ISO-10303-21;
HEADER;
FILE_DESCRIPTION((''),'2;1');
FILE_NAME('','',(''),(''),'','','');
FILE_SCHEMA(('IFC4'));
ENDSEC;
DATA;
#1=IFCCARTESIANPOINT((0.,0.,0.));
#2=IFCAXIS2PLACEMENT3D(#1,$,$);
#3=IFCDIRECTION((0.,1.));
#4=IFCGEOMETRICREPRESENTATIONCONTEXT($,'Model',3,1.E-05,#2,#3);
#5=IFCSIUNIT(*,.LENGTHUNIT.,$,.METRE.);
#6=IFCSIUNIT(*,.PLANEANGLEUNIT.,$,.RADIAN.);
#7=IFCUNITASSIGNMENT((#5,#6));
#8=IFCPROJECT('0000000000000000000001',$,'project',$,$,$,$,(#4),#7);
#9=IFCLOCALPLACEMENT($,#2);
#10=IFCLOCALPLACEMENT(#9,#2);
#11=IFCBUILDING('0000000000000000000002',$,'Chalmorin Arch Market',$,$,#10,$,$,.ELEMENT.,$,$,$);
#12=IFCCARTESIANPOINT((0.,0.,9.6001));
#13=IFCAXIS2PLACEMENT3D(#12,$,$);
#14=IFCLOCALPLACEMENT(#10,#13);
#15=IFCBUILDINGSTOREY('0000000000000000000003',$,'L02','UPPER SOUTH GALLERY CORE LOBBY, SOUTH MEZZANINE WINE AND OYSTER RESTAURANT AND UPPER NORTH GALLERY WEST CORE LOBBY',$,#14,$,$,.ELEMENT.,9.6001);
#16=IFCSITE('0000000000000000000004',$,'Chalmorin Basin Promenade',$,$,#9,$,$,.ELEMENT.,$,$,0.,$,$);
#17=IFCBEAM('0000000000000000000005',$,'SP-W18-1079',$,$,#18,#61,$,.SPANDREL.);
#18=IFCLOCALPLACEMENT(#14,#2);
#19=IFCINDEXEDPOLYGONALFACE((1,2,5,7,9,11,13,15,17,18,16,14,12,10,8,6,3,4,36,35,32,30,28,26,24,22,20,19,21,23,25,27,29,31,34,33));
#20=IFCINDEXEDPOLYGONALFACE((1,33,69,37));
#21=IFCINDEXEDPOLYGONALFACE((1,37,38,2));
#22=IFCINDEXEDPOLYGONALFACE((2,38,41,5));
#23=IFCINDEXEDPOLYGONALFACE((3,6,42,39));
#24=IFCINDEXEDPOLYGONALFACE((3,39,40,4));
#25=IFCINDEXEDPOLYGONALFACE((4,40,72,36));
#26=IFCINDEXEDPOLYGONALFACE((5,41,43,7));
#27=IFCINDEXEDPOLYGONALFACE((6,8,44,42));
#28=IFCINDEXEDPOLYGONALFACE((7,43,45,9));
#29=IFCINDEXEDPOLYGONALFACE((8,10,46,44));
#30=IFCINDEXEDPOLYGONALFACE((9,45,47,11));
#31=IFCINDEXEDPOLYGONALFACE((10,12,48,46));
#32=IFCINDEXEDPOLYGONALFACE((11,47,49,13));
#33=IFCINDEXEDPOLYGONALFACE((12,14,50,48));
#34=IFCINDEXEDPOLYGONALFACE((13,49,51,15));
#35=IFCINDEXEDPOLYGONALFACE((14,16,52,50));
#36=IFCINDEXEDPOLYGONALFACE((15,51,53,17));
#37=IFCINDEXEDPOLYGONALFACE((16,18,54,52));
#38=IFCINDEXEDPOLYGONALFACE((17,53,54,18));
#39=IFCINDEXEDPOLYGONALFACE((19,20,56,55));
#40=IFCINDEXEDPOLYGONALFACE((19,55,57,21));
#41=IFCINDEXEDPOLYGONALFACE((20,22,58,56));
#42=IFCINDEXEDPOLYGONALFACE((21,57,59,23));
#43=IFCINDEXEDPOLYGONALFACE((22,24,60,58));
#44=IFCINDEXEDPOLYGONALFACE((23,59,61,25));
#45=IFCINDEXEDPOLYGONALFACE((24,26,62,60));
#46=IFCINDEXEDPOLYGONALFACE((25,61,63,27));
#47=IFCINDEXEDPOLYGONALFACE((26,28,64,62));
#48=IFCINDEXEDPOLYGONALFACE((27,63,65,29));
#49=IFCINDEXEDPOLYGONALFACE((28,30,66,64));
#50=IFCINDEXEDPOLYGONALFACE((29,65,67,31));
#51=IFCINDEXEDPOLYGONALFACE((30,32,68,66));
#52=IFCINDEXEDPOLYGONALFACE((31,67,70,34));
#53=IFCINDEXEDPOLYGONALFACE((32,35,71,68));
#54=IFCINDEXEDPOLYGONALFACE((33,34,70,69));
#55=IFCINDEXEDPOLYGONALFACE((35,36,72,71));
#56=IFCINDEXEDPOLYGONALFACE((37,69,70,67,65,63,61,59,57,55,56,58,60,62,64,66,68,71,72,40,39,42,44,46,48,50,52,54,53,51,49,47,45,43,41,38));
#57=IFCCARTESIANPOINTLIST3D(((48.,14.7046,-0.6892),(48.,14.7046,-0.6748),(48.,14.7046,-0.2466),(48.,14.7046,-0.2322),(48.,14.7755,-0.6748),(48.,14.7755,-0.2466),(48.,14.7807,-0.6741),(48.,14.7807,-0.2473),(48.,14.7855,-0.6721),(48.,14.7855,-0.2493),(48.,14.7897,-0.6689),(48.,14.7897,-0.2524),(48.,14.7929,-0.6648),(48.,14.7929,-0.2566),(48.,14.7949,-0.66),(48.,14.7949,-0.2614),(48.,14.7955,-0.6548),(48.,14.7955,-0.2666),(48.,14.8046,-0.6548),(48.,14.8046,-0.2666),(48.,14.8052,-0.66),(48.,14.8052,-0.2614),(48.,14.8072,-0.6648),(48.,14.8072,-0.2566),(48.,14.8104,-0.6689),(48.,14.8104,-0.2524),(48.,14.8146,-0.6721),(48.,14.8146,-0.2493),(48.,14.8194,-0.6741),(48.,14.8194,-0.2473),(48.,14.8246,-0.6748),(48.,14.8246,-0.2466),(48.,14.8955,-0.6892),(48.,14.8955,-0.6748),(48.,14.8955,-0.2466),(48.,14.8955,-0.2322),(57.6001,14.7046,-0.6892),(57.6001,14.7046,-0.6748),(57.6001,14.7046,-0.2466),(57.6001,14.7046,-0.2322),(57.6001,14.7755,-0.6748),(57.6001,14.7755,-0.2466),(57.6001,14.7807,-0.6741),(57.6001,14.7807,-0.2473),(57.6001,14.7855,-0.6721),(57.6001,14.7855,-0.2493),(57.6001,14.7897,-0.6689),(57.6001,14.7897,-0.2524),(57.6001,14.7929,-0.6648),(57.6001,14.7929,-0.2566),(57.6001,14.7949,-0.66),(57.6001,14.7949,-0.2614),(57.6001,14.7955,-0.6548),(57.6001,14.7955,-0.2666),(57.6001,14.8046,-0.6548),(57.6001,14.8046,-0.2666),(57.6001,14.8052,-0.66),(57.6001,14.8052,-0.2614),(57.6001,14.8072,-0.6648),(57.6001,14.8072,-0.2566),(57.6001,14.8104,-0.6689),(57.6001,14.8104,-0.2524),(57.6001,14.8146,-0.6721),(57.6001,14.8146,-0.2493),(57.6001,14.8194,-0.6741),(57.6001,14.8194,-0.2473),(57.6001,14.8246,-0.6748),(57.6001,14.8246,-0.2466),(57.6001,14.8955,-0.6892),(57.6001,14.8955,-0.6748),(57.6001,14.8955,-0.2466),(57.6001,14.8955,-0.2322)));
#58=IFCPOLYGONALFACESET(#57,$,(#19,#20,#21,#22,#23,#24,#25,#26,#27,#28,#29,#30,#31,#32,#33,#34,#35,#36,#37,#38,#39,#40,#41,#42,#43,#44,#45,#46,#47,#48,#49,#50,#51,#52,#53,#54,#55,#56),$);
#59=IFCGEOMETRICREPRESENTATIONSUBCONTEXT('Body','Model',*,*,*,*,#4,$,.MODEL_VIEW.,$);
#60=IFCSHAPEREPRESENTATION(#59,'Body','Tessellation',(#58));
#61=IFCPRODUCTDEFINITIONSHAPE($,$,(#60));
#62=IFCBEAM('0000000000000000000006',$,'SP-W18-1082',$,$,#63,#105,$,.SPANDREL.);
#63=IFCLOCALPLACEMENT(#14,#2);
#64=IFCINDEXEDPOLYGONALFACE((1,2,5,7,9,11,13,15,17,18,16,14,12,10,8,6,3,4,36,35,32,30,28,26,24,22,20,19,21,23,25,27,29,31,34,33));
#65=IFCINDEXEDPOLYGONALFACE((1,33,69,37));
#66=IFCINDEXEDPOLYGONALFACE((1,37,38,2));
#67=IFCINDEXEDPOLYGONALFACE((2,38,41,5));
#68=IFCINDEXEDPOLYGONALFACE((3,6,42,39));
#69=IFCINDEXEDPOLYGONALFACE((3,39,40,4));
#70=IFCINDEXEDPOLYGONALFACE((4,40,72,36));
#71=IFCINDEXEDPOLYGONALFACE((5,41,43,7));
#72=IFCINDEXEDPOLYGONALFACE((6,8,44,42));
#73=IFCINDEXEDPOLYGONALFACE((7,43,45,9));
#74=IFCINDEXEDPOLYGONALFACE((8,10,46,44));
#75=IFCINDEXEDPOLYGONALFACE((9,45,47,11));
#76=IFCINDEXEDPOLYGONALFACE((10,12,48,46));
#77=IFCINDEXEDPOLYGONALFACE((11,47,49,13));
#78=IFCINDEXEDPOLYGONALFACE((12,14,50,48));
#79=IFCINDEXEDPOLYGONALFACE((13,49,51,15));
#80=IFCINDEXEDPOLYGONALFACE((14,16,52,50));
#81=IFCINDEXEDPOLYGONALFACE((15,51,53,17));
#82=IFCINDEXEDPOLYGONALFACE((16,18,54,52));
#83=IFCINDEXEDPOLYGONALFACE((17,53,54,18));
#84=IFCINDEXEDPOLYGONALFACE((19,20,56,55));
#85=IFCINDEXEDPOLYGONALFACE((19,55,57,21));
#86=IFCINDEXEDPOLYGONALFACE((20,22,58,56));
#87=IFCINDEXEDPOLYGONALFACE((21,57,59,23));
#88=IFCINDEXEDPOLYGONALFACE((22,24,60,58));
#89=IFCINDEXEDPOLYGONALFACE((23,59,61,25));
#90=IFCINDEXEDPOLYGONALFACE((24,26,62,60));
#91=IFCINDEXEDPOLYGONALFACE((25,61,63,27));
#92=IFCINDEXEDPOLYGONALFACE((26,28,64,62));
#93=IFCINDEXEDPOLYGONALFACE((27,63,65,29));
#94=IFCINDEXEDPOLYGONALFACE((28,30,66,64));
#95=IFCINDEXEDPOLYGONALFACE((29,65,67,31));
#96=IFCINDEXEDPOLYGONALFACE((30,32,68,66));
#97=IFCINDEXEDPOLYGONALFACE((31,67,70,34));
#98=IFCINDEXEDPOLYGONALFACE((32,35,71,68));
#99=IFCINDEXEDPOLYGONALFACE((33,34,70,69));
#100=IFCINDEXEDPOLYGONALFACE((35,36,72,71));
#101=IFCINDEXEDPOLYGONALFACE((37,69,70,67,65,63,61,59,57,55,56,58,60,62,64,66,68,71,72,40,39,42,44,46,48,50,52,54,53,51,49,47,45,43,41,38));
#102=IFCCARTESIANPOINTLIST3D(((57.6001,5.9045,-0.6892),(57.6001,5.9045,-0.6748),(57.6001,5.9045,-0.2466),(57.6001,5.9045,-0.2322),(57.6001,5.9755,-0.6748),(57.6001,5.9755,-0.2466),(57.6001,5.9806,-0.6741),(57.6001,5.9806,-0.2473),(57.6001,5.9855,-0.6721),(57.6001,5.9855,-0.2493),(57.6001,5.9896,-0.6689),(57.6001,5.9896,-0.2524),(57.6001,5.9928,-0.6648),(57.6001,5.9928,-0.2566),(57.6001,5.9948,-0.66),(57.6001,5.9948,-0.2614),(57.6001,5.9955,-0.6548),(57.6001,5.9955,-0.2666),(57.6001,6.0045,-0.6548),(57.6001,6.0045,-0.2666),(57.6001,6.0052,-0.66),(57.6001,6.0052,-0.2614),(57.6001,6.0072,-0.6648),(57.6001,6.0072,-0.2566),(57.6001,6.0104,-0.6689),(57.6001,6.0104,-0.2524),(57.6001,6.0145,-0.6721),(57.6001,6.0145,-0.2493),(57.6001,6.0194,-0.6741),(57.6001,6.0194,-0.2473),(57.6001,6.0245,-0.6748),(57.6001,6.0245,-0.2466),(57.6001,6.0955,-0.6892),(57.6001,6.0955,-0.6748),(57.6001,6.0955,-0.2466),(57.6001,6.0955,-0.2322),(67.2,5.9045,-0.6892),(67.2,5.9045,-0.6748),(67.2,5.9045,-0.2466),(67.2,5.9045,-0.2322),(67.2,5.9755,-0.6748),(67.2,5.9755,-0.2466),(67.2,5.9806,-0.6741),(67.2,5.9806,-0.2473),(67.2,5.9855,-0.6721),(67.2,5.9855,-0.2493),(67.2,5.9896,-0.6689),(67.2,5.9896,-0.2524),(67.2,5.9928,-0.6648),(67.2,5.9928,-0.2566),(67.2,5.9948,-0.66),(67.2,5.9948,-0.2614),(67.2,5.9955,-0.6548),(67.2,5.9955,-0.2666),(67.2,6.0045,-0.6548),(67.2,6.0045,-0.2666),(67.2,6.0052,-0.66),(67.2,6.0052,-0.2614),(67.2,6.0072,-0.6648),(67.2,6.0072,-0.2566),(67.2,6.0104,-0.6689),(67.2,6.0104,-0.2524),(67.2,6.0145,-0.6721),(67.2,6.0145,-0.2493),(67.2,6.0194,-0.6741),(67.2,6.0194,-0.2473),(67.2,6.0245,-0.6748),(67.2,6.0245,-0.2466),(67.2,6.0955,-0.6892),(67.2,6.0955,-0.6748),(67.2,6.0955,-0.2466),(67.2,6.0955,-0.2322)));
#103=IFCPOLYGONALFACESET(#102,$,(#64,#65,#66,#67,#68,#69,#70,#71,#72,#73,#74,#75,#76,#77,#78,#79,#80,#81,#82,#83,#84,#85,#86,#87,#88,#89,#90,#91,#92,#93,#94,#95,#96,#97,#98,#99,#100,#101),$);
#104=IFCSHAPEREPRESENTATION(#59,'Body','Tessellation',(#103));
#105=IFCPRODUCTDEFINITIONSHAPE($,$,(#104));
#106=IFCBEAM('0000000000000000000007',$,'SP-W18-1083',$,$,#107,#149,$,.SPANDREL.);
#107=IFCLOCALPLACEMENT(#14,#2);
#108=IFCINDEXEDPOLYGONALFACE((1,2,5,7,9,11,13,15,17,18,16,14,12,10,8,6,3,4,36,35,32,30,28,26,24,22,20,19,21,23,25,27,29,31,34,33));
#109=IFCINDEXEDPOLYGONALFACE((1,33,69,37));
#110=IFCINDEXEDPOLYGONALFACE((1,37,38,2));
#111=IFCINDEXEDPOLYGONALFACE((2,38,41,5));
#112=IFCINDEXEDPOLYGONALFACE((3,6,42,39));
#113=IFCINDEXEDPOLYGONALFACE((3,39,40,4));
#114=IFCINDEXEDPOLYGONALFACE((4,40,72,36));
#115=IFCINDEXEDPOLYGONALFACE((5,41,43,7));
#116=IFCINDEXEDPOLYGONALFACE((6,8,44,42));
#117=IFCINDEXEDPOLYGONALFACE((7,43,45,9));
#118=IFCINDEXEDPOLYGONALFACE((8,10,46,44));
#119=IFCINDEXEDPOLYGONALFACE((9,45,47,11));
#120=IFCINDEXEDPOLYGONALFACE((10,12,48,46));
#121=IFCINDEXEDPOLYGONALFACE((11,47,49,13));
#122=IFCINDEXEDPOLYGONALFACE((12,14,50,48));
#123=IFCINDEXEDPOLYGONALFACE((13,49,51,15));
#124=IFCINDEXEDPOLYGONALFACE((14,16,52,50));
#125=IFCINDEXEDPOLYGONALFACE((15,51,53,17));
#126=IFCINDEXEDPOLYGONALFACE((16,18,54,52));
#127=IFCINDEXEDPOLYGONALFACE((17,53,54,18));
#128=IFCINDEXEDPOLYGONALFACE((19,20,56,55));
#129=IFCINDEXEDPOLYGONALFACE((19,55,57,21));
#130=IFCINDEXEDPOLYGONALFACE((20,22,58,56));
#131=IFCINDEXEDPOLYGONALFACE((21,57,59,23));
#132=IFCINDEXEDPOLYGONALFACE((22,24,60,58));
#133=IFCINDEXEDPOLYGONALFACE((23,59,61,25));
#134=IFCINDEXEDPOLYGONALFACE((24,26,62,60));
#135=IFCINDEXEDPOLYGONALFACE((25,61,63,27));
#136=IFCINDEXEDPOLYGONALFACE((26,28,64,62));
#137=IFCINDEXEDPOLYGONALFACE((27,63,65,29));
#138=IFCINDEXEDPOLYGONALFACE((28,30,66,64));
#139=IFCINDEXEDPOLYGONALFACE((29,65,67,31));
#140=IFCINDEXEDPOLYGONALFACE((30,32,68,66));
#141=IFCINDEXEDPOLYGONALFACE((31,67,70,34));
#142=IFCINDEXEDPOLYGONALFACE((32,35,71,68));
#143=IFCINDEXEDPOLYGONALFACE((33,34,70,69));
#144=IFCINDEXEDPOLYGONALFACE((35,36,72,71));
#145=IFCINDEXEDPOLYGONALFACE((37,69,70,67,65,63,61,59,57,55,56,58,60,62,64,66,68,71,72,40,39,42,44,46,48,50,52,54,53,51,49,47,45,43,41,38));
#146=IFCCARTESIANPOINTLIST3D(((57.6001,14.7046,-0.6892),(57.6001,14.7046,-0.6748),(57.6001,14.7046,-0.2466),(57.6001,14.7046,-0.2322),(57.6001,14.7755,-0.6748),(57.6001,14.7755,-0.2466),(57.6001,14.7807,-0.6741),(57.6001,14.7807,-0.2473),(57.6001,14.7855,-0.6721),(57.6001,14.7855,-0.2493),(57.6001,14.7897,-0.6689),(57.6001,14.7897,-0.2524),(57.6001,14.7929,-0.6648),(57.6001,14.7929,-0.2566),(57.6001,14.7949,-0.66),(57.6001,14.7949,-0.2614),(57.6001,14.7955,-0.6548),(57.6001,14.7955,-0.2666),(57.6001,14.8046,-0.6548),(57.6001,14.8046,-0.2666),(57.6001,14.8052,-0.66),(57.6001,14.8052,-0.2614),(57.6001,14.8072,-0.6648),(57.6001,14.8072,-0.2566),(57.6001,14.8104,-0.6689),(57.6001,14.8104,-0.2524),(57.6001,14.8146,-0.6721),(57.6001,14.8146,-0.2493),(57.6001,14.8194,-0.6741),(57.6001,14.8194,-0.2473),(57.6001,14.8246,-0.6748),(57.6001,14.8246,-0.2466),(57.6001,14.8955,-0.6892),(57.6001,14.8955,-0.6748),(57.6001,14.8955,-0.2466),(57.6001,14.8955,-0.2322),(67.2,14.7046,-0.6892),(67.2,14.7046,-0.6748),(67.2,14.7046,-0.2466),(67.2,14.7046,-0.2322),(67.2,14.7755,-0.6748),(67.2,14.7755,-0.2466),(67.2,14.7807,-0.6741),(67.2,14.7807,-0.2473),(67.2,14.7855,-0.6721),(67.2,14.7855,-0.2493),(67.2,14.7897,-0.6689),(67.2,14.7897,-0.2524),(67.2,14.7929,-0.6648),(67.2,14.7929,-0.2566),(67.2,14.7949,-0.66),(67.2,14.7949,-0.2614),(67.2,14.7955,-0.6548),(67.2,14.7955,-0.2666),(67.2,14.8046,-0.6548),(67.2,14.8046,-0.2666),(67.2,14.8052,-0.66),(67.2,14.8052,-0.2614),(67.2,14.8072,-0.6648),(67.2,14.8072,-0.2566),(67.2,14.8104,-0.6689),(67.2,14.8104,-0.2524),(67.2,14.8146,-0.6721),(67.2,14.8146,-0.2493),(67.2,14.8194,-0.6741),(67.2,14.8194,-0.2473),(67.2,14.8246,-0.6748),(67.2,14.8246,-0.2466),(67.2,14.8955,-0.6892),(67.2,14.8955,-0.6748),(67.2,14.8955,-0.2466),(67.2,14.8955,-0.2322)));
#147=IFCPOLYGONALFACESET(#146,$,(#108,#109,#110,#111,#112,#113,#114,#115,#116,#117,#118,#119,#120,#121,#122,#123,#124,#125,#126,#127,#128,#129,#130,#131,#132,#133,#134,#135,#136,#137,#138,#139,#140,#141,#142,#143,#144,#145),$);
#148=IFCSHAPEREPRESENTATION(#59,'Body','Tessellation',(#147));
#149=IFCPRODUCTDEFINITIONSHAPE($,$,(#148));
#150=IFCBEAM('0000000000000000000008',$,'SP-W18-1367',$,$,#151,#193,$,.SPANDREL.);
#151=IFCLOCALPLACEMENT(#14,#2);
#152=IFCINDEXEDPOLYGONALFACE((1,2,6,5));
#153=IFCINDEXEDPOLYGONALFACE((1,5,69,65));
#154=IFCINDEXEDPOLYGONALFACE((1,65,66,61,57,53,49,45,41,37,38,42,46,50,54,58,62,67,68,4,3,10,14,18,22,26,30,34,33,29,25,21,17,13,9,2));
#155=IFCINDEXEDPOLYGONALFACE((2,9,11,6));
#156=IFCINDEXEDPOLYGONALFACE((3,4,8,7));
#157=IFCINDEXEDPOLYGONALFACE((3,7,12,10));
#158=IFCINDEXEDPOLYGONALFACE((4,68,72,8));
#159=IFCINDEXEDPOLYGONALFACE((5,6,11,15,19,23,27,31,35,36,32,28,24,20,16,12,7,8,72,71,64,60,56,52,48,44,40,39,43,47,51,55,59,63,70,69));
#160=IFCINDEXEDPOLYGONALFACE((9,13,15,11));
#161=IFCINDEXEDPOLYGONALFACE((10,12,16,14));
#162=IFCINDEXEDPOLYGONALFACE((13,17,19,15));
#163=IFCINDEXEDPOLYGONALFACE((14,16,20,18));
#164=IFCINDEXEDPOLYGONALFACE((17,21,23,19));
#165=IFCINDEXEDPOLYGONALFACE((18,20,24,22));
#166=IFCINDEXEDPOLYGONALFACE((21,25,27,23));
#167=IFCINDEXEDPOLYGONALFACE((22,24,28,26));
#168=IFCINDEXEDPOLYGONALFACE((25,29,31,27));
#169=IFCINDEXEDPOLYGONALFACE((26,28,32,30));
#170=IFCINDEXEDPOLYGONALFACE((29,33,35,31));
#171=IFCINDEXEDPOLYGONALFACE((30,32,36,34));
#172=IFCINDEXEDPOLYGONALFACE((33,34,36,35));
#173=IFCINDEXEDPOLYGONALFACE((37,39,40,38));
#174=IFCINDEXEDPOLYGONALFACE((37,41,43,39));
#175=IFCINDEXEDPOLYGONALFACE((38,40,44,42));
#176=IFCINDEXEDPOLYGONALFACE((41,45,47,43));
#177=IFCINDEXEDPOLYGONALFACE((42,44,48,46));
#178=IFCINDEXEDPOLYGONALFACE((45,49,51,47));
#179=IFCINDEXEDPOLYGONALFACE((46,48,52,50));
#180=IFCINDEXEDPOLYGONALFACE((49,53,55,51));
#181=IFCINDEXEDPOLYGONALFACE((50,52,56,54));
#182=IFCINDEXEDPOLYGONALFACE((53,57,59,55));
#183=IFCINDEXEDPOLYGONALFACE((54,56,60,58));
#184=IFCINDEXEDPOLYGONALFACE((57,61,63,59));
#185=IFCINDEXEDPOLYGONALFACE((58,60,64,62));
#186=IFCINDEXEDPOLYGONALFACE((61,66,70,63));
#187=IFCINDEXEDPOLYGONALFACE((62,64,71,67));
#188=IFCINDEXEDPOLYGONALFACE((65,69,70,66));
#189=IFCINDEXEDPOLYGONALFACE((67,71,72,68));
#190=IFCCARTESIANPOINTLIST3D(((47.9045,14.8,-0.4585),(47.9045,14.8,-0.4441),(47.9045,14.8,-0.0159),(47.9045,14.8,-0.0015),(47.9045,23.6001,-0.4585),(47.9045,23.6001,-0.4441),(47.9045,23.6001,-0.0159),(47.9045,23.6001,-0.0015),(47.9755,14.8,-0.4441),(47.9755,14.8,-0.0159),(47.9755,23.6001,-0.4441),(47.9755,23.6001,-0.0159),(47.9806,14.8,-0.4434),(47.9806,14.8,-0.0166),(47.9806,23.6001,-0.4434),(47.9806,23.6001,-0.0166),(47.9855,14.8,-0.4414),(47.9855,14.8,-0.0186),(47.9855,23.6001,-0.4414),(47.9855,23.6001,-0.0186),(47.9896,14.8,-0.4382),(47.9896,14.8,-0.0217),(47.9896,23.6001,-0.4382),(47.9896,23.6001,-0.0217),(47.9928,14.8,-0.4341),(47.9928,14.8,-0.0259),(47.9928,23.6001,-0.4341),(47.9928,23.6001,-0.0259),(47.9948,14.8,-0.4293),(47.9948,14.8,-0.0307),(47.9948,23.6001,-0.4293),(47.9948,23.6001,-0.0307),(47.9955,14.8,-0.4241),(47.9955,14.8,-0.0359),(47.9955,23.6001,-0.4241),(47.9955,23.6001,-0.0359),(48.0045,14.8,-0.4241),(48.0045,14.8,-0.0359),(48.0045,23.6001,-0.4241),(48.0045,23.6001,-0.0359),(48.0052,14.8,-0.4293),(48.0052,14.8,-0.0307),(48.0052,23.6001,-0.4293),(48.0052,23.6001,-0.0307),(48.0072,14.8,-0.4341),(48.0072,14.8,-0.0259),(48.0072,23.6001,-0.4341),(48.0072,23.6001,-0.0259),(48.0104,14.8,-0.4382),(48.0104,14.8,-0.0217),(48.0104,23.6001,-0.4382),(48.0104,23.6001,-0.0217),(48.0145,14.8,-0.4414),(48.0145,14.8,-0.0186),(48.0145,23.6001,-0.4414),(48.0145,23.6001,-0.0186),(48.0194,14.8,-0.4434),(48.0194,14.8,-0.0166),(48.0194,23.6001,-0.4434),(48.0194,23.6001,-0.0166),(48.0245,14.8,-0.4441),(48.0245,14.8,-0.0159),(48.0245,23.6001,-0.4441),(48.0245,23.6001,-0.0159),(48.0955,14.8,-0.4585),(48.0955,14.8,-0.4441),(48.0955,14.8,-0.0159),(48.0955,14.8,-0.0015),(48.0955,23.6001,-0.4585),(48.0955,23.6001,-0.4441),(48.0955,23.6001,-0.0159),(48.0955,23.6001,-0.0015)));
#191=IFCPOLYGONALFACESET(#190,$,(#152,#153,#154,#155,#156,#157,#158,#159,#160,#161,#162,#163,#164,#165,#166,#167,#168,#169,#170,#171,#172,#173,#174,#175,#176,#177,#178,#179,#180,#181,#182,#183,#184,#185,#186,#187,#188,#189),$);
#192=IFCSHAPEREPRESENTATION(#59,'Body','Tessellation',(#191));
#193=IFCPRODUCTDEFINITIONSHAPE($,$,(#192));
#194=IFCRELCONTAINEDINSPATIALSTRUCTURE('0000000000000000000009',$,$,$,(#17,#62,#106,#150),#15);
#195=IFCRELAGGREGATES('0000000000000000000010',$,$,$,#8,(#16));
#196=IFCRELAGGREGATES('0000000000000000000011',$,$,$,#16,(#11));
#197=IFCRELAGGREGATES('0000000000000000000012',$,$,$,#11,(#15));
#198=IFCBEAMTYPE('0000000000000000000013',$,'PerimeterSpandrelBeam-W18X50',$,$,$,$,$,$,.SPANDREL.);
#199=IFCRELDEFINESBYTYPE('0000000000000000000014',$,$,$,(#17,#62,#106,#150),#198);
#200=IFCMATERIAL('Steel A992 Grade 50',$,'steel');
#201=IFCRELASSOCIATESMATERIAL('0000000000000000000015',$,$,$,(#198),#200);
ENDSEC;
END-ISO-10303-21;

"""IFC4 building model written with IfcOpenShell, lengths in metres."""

from ifc_helpers import new_model, si_unit, direction, frame, origin, origin_2d, place, context, subcontext, project, spatial, i_section, extrude, material, material_profile, profile_set, type_object, element, save


model = new_model("IFC4")

# Units and contexts
model_context = context("Model", 3, precision=1e-05, world=origin(), true_north=direction((0.0, 1.0)))
body_context = subcontext(model_context, "Body", "Model", "MODEL_VIEW")
ifc_project = project(units=[si_unit("LENGTHUNIT", "METRE"), si_unit("PLANEANGLEUNIT", "RADIAN")], contexts=[model_context])

# Site, building, storey
site_placement = place(None, origin())
site = spatial("IfcSite", under=ifc_project, at=site_placement, Name="Chalmorin Basin Promenade", CompositionType="ELEMENT", RefElevation=0.0)
building_placement = place(site_placement, origin())
building = spatial("IfcBuilding", under=site, at=building_placement, Name="Chalmorin Arch Market", CompositionType="ELEMENT")
storey_placement = place(building_placement, frame((0.0, 0.0, 9.6001)))
storey = spatial("IfcBuildingStorey", under=building, at=storey_placement, Name="L02", Description="UPPER SOUTH GALLERY CORE LOBBY, SOUTH MEZZANINE WINE AND OYSTER RESTAURANT AND UPPER NORTH GALLERY WEST CORE LOBBY", CompositionType="ELEMENT", Elevation=9.6001)

# Beams
ifc_material_1 = material(Name="Steel A992 Grade 50", Category="steel")
ifc_material_profile_1 = material_profile(ifc_material_1, i_section(OverallWidth=0.1909, OverallDepth=0.457, WebThickness=0.009, FlangeThickness=0.0144, FilletRadius=0.02, at=origin_2d()), Name="W18X50")
ifc_profile_set_1 = profile_set([ifc_material_profile_1], Name="Steel A992 Grade 50")
beam_type_1 = type_object("IfcBeamType", Name="PerimeterSpandrelBeam-W18X50", PredefinedType="SPANDREL", material=ifc_profile_set_1)
beam_1_placement = place(storey_placement, frame((48.0, 14.8, -0.4607), z_axis=(1.0, 0.0, 0.0), x_axis=(0.0, 1.0, 0.0)))
element("IfcBeam", 1, at=beam_1_placement, inside=storey, type_object=beam_type_1, Name="SP-W18-1079", PredefinedType="SPANDREL", context=body_context, shape_type="SweptSolid", body=[
    extrude(i_section(OverallWidth=0.1909, OverallDepth=0.457, WebThickness=0.009, FlangeThickness=0.0144, FilletRadius=0.02, at=origin_2d()), origin(), (0.0, 0.0, 1.0), 9.6001),
])
for number, where, z_axis, x_axis, name in (
    (2, (57.6001, 6.0, -0.4607), (1.0, 0.0, 0.0), (0.0, 1.0, 0.0), "SP-W18-1082"),
    (3, (57.6001, 14.8, -0.4607), (1.0, 0.0, 0.0), (0.0, 1.0, 0.0), "SP-W18-1083"),
):
    element("IfcBeam", number, at=place(storey_placement, frame(where, z_axis=z_axis, x_axis=x_axis)), inside=storey, type_object=beam_type_1, Name=name, PredefinedType="SPANDREL", context=body_context, shape_type="SweptSolid", body=[
        extrude(i_section(OverallWidth=0.1909, OverallDepth=0.457, WebThickness=0.009, FlangeThickness=0.0144, FilletRadius=0.02, at=origin_2d()), origin(), (0.0, 0.0, 1.0), 9.5999),
    ])
beam_2_placement = place(storey_placement, frame((48.0, 14.8, -0.23), z_axis=(0.0, 1.0, 0.0), x_axis=(-1.0, 0.0, 0.0)))
element("IfcBeam", 4, at=beam_2_placement, inside=storey, type_object=beam_type_1, Name="SP-W18-1367", PredefinedType="SPANDREL", context=body_context, shape_type="SweptSolid", body=[
    extrude(i_section(OverallWidth=0.1909, OverallDepth=0.457, WebThickness=0.009, FlangeThickness=0.0144, FilletRadius=0.02, at=origin_2d()), origin(), (0.0, 0.0, 1.0), 8.8),
])

save(model, "model.ifc")
